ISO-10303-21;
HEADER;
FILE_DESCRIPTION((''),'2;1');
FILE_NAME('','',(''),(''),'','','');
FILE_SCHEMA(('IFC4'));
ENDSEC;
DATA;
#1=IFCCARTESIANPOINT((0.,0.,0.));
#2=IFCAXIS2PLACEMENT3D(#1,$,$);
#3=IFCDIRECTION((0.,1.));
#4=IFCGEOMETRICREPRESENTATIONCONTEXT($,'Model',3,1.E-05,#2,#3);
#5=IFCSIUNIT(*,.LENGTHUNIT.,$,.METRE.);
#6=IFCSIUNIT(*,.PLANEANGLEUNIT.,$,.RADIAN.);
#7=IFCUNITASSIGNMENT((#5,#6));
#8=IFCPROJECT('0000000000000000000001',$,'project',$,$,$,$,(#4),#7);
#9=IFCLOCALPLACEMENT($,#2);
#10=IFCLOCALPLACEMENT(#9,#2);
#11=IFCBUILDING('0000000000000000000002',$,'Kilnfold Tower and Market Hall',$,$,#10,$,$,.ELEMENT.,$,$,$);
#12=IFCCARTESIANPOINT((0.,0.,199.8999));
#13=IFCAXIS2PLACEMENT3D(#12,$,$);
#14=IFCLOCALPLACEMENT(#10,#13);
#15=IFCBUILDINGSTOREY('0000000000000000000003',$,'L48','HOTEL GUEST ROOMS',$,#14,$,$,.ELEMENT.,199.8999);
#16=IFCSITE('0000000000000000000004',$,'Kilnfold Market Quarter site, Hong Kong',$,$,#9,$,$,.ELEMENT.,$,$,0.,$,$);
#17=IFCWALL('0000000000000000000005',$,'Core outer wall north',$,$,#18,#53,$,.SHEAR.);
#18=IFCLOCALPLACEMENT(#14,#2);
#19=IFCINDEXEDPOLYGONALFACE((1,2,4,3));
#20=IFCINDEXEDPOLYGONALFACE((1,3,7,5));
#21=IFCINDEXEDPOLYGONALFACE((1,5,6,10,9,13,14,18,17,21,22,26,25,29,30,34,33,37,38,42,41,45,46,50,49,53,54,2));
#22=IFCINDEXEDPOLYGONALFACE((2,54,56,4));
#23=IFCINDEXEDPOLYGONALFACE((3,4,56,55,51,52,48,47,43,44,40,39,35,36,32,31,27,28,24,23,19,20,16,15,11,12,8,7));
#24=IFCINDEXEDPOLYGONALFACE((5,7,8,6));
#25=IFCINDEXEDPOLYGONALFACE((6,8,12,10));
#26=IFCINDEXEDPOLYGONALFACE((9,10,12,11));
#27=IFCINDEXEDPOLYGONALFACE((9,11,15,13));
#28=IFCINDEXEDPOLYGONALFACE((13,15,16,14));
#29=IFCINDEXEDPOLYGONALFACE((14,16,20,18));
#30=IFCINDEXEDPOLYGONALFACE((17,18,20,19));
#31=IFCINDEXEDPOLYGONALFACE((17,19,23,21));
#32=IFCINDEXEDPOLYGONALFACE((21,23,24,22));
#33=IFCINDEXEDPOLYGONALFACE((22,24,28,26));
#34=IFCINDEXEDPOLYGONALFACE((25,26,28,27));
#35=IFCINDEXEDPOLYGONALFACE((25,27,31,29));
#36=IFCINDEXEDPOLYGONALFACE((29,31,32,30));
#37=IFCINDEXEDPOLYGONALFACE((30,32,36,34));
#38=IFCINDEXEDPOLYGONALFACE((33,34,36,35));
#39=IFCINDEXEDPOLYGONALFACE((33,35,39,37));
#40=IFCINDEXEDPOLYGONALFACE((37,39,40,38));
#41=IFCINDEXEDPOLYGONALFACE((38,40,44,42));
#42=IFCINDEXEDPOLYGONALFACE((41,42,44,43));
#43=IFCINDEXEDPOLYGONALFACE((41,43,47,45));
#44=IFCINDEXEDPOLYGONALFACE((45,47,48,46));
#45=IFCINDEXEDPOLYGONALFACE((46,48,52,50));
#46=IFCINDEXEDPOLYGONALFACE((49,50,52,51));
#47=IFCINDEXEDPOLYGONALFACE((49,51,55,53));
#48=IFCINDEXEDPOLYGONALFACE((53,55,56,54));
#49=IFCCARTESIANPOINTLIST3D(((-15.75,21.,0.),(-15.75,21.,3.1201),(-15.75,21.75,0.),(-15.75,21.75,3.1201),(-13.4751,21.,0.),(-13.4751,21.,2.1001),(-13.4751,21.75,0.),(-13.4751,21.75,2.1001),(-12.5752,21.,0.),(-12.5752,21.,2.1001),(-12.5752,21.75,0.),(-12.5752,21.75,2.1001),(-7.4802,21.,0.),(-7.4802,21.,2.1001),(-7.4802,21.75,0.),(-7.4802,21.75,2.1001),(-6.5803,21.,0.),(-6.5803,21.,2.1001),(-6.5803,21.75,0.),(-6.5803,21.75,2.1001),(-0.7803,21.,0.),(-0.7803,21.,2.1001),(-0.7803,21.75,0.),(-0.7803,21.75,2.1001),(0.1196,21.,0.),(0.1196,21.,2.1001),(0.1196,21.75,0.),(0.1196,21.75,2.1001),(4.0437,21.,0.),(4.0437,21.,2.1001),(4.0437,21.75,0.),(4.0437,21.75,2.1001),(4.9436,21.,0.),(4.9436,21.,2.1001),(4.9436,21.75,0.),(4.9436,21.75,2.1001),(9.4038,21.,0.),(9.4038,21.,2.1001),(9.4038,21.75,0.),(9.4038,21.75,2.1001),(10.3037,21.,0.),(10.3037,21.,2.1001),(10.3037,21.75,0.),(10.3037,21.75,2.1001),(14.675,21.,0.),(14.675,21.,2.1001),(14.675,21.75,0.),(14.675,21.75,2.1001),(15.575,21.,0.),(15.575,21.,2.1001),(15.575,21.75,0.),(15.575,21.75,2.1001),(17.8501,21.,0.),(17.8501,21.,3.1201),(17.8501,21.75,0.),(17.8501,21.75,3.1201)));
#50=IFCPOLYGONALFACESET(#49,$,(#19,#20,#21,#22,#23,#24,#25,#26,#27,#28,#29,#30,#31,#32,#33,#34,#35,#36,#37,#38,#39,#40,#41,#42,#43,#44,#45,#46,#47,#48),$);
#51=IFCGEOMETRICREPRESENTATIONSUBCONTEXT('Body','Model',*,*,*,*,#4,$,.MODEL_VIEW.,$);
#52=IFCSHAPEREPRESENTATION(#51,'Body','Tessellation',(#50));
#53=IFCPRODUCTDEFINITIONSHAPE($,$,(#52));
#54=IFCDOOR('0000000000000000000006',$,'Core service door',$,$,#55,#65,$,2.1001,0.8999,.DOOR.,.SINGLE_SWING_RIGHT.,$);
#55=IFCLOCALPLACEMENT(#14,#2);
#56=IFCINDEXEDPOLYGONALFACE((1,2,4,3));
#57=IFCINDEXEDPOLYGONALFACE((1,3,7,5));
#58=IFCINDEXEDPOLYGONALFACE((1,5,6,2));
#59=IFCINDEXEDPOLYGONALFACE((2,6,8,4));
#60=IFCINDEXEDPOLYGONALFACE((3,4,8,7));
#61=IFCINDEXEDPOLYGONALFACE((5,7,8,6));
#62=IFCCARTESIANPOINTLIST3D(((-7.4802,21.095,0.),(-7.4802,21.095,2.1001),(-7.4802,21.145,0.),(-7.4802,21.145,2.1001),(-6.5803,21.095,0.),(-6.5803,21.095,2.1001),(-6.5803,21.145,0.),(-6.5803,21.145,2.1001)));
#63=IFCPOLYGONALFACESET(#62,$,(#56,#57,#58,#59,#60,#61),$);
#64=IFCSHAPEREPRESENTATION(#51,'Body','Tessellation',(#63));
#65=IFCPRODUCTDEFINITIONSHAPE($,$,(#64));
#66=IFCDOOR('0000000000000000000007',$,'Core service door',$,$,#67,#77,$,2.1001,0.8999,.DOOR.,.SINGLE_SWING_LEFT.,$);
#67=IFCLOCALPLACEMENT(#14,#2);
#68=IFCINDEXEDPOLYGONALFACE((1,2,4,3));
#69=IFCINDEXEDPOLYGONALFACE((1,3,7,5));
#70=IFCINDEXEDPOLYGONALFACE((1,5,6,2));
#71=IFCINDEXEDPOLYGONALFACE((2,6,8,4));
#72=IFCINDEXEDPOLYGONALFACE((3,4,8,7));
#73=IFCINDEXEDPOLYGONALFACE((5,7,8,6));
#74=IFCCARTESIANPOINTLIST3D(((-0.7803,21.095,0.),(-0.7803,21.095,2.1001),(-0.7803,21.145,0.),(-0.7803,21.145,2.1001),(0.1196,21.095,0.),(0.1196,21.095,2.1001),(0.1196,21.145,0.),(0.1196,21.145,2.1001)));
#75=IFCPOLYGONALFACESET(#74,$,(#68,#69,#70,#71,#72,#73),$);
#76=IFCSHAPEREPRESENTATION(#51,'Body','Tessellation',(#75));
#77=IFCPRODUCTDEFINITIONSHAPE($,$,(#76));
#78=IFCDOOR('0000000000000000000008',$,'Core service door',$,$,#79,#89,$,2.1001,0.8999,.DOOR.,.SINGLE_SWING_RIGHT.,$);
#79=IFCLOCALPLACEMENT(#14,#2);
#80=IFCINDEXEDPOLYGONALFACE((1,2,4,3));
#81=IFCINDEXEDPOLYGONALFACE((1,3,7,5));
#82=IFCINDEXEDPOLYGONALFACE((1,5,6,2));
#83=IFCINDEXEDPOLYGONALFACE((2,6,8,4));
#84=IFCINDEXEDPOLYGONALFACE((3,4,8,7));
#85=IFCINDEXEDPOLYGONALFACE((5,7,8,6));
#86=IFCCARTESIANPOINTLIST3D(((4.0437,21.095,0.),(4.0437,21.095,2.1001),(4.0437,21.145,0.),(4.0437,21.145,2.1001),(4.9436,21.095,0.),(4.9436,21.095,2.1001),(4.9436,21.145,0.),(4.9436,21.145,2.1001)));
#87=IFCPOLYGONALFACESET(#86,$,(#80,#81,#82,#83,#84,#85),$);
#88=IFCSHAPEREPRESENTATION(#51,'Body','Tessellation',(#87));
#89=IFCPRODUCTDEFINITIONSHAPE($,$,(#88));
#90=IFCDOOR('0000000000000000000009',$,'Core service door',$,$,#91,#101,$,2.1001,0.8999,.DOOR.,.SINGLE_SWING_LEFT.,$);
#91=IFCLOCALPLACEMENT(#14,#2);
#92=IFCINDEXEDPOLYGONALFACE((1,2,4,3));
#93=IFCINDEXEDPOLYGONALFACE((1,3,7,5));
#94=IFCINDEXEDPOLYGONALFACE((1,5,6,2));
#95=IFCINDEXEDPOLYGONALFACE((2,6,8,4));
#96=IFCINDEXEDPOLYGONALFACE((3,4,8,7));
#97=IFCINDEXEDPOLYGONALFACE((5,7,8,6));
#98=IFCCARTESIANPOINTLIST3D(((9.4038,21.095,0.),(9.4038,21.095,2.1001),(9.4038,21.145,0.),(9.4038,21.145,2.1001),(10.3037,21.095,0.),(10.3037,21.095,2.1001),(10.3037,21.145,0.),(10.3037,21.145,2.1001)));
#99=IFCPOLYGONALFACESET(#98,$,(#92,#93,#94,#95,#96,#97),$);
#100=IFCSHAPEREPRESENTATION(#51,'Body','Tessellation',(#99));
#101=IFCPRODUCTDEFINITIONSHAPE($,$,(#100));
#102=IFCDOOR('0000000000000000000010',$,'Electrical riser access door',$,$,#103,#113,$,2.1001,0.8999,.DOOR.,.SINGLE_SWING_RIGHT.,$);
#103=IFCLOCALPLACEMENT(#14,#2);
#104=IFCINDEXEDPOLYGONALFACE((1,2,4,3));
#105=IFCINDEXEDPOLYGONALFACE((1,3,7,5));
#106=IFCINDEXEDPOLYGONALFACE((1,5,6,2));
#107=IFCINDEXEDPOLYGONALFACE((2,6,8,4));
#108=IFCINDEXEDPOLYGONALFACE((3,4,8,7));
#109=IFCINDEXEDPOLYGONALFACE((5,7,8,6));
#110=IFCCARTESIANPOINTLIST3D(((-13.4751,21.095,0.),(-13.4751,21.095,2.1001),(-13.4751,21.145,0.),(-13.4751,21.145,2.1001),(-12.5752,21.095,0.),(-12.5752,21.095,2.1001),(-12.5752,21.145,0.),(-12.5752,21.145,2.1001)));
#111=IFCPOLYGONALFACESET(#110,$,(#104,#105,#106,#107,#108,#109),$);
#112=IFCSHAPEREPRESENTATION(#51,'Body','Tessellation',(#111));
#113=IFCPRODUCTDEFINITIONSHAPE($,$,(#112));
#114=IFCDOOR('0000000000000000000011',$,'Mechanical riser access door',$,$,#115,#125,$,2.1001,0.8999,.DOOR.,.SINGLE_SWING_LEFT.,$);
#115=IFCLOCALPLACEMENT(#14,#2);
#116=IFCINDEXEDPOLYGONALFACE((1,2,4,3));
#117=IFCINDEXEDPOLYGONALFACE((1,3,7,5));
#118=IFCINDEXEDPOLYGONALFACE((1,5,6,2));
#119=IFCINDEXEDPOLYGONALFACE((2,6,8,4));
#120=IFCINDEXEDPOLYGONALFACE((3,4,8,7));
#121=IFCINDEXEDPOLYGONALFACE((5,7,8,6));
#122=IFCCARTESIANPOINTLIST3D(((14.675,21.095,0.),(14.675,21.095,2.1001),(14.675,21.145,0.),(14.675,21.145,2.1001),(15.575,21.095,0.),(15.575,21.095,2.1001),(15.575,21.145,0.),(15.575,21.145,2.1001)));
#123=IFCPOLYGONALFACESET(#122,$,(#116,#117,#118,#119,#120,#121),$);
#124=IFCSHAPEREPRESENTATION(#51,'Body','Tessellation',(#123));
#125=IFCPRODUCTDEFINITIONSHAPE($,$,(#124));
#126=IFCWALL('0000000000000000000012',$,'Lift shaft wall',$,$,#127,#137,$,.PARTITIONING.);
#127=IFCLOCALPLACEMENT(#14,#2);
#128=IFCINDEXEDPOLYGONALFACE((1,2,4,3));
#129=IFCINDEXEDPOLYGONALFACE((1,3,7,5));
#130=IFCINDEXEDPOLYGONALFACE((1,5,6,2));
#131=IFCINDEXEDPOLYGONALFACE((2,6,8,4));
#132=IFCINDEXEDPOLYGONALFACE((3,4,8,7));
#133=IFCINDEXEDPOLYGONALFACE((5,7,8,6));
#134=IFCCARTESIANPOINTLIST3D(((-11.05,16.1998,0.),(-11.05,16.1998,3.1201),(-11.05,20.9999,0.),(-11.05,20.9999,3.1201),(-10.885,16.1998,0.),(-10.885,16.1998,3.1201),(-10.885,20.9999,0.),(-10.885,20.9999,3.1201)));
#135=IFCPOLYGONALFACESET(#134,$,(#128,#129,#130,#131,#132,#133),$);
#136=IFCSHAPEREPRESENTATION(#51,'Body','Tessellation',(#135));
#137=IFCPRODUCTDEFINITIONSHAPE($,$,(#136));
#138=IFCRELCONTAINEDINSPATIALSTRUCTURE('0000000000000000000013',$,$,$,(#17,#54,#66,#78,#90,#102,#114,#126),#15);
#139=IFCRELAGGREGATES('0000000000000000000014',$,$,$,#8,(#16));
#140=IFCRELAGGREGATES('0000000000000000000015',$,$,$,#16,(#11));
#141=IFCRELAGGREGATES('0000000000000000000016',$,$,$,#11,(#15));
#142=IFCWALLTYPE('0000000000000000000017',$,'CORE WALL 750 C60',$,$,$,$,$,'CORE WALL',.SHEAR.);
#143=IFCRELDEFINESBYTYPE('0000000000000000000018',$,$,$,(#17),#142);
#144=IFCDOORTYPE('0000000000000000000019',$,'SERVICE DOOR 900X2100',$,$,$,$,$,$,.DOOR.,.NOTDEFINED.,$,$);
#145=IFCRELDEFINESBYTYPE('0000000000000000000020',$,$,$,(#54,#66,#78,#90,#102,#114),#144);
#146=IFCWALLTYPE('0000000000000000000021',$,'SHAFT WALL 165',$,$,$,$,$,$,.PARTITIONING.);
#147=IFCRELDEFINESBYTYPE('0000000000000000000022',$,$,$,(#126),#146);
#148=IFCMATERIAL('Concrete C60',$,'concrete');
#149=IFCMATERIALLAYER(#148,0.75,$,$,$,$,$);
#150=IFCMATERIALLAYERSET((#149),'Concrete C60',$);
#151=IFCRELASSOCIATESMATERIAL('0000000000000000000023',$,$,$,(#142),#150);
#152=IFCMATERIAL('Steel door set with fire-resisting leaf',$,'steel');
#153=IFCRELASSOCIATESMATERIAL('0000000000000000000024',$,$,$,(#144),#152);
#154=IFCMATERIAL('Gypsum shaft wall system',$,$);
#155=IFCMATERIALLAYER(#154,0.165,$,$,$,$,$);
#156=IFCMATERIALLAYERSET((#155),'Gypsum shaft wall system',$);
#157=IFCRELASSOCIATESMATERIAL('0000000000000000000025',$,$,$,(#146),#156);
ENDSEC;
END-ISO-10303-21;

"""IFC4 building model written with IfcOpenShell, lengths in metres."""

from ifc_helpers import new_model, si_unit, direction, frame, frame_2d, origin, place, context, subcontext, project, spatial, rectangle, extrude, source, transform, mapped, material, layer, layer_set, type_object, element, fill, save


model = new_model("IFC4")

# Units and contexts
model_context = context("Model", 3, precision=1e-05, world=origin(), true_north=direction((0.0, 1.0)))
body_context = subcontext(model_context, "Body", "Model", "MODEL_VIEW")
ifc_project = project(units=[si_unit("LENGTHUNIT", "METRE"), si_unit("PLANEANGLEUNIT", "RADIAN")], contexts=[model_context])

# Site, building, storey
site_placement = place(None, origin())
site = spatial("IfcSite", under=ifc_project, at=site_placement, Name="Kilnfold Market Quarter site, Hong Kong", CompositionType="ELEMENT", RefElevation=0.0)
building_placement = place(site_placement, origin())
building = spatial("IfcBuilding", under=site, at=building_placement, Name="Kilnfold Tower and Market Hall", CompositionType="ELEMENT")
storey_placement = place(building_placement, frame((0.0, 0.0, 199.8999)))
storey = spatial("IfcBuildingStorey", under=building, at=storey_placement, Name="L48", Description="HOTEL GUEST ROOMS", CompositionType="ELEMENT", Elevation=199.8999)

# Wall, openings, doors
ifc_material_1 = material(Name="Concrete C60", Category="concrete")
ifc_layer_1 = layer(ifc_material_1, 0.75)
ifc_layer_set_1 = layer_set([ifc_layer_1], Name="Concrete C60")
wall_type_1 = type_object("IfcWallType", Name="CORE WALL 750 C60", ElementType="CORE WALL", PredefinedType="SHEAR", material=ifc_layer_set_1)
shared_shape_1 = source(origin(), body_context, "Body", "SweptSolid", [
    extrude(rectangle(XDim=33.6001, YDim=0.75, at=frame_2d((16.8, 0.0))), origin(), (0.0, 0.0, 1.0), 3.1201),
])
wall_1_placement = place(storey_placement, frame((-15.75, 21.375, 0.0), z_axis=(0.0, 0.0, 1.0), x_axis=(1.0, 0.0, 0.0)))
wall_1 = element("IfcWall", 1, at=wall_1_placement, inside=storey, type_object=wall_type_1, Name="Core outer wall north", PredefinedType="SHEAR", context=body_context, shape_type="MappedRepresentation", body=[
    mapped(shared_shape_1, transform((0.0, 0.0, 0.0))),
])
opening_1_placement = place(wall_1_placement, frame((8.2698, 0.0, 0.0)))
opening_1 = element("IfcOpeningElement", 2, at=opening_1_placement, cuts=wall_1, PredefinedType="OPENING", context=body_context, shape_type="SweptSolid", body=[
    extrude(rectangle(XDim=0.8999, YDim=2.1001, at=frame_2d((0.45, 1.05))), frame((0.0, 0.385, 0.0), z_axis=(0.0, -1.0, 0.0), x_axis=(1.0, 0.0, 0.0)), (0.0, 0.0, 1.0), 0.77),
])
opening_2_placement = place(wall_1_placement, frame((14.9697, 0.0, 0.0)))
opening_2 = element("IfcOpeningElement", 3, at=opening_2_placement, cuts=wall_1, PredefinedType="OPENING", context=body_context, shape_type="SweptSolid", body=[
    extrude(rectangle(XDim=0.8999, YDim=2.1001, at=frame_2d((0.45, 1.05))), frame((0.0, 0.385, 0.0), z_axis=(0.0, -1.0, 0.0), x_axis=(1.0, 0.0, 0.0)), (0.0, 0.0, 1.0), 0.77),
])
opening_3_placement = place(wall_1_placement, frame((19.7937, 0.0, 0.0)))
opening_3 = element("IfcOpeningElement", 4, at=opening_3_placement, cuts=wall_1, PredefinedType="OPENING", context=body_context, shape_type="SweptSolid", body=[
    extrude(rectangle(XDim=0.8999, YDim=2.1001, at=frame_2d((0.45, 1.05))), frame((0.0, 0.385, 0.0), z_axis=(0.0, -1.0, 0.0), x_axis=(1.0, 0.0, 0.0)), (0.0, 0.0, 1.0), 0.77),
])
opening_4_placement = place(wall_1_placement, frame((25.1538, 0.0, 0.0)))
opening_4 = element("IfcOpeningElement", 5, at=opening_4_placement, cuts=wall_1, PredefinedType="OPENING", context=body_context, shape_type="SweptSolid", body=[
    extrude(rectangle(XDim=0.8999, YDim=2.1001, at=frame_2d((0.45, 1.05))), frame((0.0, 0.385, 0.0), z_axis=(0.0, -1.0, 0.0), x_axis=(1.0, 0.0, 0.0)), (0.0, 0.0, 1.0), 0.77),
])
opening_5_placement = place(wall_1_placement, frame((2.2749, 0.0, 0.0)))
opening_5 = element("IfcOpeningElement", 6, at=opening_5_placement, cuts=wall_1, PredefinedType="OPENING", context=body_context, shape_type="SweptSolid", body=[
    extrude(rectangle(XDim=0.8999, YDim=2.1001, at=frame_2d((0.45, 1.05))), frame((0.0, 0.385, 0.0), z_axis=(0.0, -1.0, 0.0), x_axis=(1.0, 0.0, 0.0)), (0.0, 0.0, 1.0), 0.77),
])
opening_6_placement = place(wall_1_placement, frame((30.425, 0.0, 0.0)))
opening_6 = element("IfcOpeningElement", 7, at=opening_6_placement, cuts=wall_1, PredefinedType="OPENING", context=body_context, shape_type="SweptSolid", body=[
    extrude(rectangle(XDim=0.8999, YDim=2.1001, at=frame_2d((0.45, 1.05))), frame((0.0, 0.385, 0.0), z_axis=(0.0, -1.0, 0.0), x_axis=(1.0, 0.0, 0.0)), (0.0, 0.0, 1.0), 0.77),
])
ifc_material_2 = material(Name="Steel door set with fire-resisting leaf", Category="steel")
door_type_1 = type_object("IfcDoorType", Name="SERVICE DOOR 900X2100", OperationType="NOTDEFINED", PredefinedType="DOOR", material=ifc_material_2)
door_1_placement = place(opening_1_placement, origin())
door_1 = element("IfcDoor", 8, at=door_1_placement, inside=storey, type_object=door_type_1, Name="Core service door", OperationType="SINGLE_SWING_RIGHT", OverallHeight=2.1001, OverallWidth=0.8999, PredefinedType="DOOR", context=body_context, shape_type="SweptSolid", body=[
    extrude(rectangle(XDim=0.8999, YDim=2.1001, at=frame_2d((0.45, 1.05))), frame((0.0, -0.23, 0.0), z_axis=(0.0, -1.0, 0.0), x_axis=(1.0, 0.0, 0.0)), (0.0, 0.0, 1.0), 0.05),
])
fill(opening_1, door_1)
door_2_placement = place(opening_2_placement, origin())
door_2 = element("IfcDoor", 9, at=door_2_placement, inside=storey, type_object=door_type_1, Name="Core service door", OperationType="SINGLE_SWING_LEFT", OverallHeight=2.1001, OverallWidth=0.8999, PredefinedType="DOOR", context=body_context, shape_type="SweptSolid", body=[
    extrude(rectangle(XDim=0.8999, YDim=2.1001, at=frame_2d((0.45, 1.05))), frame((0.0, -0.23, 0.0), z_axis=(0.0, -1.0, 0.0), x_axis=(1.0, 0.0, 0.0)), (0.0, 0.0, 1.0), 0.05),
])
fill(opening_2, door_2)
door_3_placement = place(opening_3_placement, origin())
door_3 = element("IfcDoor", 10, at=door_3_placement, inside=storey, type_object=door_type_1, Name="Core service door", OperationType="SINGLE_SWING_RIGHT", OverallHeight=2.1001, OverallWidth=0.8999, PredefinedType="DOOR", context=body_context, shape_type="SweptSolid", body=[
    extrude(rectangle(XDim=0.8999, YDim=2.1001, at=frame_2d((0.45, 1.05))), frame((0.0, -0.23, 0.0), z_axis=(0.0, -1.0, 0.0), x_axis=(1.0, 0.0, 0.0)), (0.0, 0.0, 1.0), 0.05),
])
fill(opening_3, door_3)
door_4_placement = place(opening_4_placement, origin())
door_4 = element("IfcDoor", 11, at=door_4_placement, inside=storey, type_object=door_type_1, Name="Core service door", OperationType="SINGLE_SWING_LEFT", OverallHeight=2.1001, OverallWidth=0.8999, PredefinedType="DOOR", context=body_context, shape_type="SweptSolid", body=[
    extrude(rectangle(XDim=0.8999, YDim=2.1001, at=frame_2d((0.45, 1.05))), frame((0.0, -0.23, 0.0), z_axis=(0.0, -1.0, 0.0), x_axis=(1.0, 0.0, 0.0)), (0.0, 0.0, 1.0), 0.05),
])
fill(opening_4, door_4)
door_5_placement = place(opening_5_placement, origin())
door_5 = element("IfcDoor", 12, at=door_5_placement, inside=storey, type_object=door_type_1, Name="Electrical riser access door", OperationType="SINGLE_SWING_RIGHT", OverallHeight=2.1001, OverallWidth=0.8999, PredefinedType="DOOR", context=body_context, shape_type="SweptSolid", body=[
    extrude(rectangle(XDim=0.8999, YDim=2.1001, at=frame_2d((0.45, 1.05))), frame((0.0, -0.23, 0.0), z_axis=(0.0, -1.0, 0.0), x_axis=(1.0, 0.0, 0.0)), (0.0, 0.0, 1.0), 0.05),
])
fill(opening_5, door_5)
door_6_placement = place(opening_6_placement, origin())
door_6 = element("IfcDoor", 13, at=door_6_placement, inside=storey, type_object=door_type_1, Name="Mechanical riser access door", OperationType="SINGLE_SWING_LEFT", OverallHeight=2.1001, OverallWidth=0.8999, PredefinedType="DOOR", context=body_context, shape_type="SweptSolid", body=[
    extrude(rectangle(XDim=0.8999, YDim=2.1001, at=frame_2d((0.45, 1.05))), frame((0.0, -0.23, 0.0), z_axis=(0.0, -1.0, 0.0), x_axis=(1.0, 0.0, 0.0)), (0.0, 0.0, 1.0), 0.05),
])
fill(opening_6, door_6)

# Wall
ifc_material_3 = material(Name="Gypsum shaft wall system")
ifc_layer_2 = layer(ifc_material_3, 0.165)
ifc_layer_set_2 = layer_set([ifc_layer_2], Name="Gypsum shaft wall system")
wall_type_2 = type_object("IfcWallType", Name="SHAFT WALL 165", PredefinedType="PARTITIONING", material=ifc_layer_set_2)
shared_shape_2 = source(origin(), body_context, "Body", "SweptSolid", [
    extrude(rectangle(XDim=4.8, YDim=0.165, at=frame_2d((2.3999, 0.0))), origin(), (0.0, 0.0, 1.0), 3.1201),
])
wall_2_placement = place(storey_placement, frame((-10.9675, 16.2, 0.0), z_axis=(0.0, 0.0, 1.0), x_axis=(0.0, 1.0, 0.0)))
element("IfcWall", 14, at=wall_2_placement, inside=storey, type_object=wall_type_2, Name="Lift shaft wall", PredefinedType="PARTITIONING", context=body_context, shape_type="MappedRepresentation", body=[
    mapped(shared_shape_2, transform((0.0, 0.0, 0.0))),
])

save(model, "model.ifc")
